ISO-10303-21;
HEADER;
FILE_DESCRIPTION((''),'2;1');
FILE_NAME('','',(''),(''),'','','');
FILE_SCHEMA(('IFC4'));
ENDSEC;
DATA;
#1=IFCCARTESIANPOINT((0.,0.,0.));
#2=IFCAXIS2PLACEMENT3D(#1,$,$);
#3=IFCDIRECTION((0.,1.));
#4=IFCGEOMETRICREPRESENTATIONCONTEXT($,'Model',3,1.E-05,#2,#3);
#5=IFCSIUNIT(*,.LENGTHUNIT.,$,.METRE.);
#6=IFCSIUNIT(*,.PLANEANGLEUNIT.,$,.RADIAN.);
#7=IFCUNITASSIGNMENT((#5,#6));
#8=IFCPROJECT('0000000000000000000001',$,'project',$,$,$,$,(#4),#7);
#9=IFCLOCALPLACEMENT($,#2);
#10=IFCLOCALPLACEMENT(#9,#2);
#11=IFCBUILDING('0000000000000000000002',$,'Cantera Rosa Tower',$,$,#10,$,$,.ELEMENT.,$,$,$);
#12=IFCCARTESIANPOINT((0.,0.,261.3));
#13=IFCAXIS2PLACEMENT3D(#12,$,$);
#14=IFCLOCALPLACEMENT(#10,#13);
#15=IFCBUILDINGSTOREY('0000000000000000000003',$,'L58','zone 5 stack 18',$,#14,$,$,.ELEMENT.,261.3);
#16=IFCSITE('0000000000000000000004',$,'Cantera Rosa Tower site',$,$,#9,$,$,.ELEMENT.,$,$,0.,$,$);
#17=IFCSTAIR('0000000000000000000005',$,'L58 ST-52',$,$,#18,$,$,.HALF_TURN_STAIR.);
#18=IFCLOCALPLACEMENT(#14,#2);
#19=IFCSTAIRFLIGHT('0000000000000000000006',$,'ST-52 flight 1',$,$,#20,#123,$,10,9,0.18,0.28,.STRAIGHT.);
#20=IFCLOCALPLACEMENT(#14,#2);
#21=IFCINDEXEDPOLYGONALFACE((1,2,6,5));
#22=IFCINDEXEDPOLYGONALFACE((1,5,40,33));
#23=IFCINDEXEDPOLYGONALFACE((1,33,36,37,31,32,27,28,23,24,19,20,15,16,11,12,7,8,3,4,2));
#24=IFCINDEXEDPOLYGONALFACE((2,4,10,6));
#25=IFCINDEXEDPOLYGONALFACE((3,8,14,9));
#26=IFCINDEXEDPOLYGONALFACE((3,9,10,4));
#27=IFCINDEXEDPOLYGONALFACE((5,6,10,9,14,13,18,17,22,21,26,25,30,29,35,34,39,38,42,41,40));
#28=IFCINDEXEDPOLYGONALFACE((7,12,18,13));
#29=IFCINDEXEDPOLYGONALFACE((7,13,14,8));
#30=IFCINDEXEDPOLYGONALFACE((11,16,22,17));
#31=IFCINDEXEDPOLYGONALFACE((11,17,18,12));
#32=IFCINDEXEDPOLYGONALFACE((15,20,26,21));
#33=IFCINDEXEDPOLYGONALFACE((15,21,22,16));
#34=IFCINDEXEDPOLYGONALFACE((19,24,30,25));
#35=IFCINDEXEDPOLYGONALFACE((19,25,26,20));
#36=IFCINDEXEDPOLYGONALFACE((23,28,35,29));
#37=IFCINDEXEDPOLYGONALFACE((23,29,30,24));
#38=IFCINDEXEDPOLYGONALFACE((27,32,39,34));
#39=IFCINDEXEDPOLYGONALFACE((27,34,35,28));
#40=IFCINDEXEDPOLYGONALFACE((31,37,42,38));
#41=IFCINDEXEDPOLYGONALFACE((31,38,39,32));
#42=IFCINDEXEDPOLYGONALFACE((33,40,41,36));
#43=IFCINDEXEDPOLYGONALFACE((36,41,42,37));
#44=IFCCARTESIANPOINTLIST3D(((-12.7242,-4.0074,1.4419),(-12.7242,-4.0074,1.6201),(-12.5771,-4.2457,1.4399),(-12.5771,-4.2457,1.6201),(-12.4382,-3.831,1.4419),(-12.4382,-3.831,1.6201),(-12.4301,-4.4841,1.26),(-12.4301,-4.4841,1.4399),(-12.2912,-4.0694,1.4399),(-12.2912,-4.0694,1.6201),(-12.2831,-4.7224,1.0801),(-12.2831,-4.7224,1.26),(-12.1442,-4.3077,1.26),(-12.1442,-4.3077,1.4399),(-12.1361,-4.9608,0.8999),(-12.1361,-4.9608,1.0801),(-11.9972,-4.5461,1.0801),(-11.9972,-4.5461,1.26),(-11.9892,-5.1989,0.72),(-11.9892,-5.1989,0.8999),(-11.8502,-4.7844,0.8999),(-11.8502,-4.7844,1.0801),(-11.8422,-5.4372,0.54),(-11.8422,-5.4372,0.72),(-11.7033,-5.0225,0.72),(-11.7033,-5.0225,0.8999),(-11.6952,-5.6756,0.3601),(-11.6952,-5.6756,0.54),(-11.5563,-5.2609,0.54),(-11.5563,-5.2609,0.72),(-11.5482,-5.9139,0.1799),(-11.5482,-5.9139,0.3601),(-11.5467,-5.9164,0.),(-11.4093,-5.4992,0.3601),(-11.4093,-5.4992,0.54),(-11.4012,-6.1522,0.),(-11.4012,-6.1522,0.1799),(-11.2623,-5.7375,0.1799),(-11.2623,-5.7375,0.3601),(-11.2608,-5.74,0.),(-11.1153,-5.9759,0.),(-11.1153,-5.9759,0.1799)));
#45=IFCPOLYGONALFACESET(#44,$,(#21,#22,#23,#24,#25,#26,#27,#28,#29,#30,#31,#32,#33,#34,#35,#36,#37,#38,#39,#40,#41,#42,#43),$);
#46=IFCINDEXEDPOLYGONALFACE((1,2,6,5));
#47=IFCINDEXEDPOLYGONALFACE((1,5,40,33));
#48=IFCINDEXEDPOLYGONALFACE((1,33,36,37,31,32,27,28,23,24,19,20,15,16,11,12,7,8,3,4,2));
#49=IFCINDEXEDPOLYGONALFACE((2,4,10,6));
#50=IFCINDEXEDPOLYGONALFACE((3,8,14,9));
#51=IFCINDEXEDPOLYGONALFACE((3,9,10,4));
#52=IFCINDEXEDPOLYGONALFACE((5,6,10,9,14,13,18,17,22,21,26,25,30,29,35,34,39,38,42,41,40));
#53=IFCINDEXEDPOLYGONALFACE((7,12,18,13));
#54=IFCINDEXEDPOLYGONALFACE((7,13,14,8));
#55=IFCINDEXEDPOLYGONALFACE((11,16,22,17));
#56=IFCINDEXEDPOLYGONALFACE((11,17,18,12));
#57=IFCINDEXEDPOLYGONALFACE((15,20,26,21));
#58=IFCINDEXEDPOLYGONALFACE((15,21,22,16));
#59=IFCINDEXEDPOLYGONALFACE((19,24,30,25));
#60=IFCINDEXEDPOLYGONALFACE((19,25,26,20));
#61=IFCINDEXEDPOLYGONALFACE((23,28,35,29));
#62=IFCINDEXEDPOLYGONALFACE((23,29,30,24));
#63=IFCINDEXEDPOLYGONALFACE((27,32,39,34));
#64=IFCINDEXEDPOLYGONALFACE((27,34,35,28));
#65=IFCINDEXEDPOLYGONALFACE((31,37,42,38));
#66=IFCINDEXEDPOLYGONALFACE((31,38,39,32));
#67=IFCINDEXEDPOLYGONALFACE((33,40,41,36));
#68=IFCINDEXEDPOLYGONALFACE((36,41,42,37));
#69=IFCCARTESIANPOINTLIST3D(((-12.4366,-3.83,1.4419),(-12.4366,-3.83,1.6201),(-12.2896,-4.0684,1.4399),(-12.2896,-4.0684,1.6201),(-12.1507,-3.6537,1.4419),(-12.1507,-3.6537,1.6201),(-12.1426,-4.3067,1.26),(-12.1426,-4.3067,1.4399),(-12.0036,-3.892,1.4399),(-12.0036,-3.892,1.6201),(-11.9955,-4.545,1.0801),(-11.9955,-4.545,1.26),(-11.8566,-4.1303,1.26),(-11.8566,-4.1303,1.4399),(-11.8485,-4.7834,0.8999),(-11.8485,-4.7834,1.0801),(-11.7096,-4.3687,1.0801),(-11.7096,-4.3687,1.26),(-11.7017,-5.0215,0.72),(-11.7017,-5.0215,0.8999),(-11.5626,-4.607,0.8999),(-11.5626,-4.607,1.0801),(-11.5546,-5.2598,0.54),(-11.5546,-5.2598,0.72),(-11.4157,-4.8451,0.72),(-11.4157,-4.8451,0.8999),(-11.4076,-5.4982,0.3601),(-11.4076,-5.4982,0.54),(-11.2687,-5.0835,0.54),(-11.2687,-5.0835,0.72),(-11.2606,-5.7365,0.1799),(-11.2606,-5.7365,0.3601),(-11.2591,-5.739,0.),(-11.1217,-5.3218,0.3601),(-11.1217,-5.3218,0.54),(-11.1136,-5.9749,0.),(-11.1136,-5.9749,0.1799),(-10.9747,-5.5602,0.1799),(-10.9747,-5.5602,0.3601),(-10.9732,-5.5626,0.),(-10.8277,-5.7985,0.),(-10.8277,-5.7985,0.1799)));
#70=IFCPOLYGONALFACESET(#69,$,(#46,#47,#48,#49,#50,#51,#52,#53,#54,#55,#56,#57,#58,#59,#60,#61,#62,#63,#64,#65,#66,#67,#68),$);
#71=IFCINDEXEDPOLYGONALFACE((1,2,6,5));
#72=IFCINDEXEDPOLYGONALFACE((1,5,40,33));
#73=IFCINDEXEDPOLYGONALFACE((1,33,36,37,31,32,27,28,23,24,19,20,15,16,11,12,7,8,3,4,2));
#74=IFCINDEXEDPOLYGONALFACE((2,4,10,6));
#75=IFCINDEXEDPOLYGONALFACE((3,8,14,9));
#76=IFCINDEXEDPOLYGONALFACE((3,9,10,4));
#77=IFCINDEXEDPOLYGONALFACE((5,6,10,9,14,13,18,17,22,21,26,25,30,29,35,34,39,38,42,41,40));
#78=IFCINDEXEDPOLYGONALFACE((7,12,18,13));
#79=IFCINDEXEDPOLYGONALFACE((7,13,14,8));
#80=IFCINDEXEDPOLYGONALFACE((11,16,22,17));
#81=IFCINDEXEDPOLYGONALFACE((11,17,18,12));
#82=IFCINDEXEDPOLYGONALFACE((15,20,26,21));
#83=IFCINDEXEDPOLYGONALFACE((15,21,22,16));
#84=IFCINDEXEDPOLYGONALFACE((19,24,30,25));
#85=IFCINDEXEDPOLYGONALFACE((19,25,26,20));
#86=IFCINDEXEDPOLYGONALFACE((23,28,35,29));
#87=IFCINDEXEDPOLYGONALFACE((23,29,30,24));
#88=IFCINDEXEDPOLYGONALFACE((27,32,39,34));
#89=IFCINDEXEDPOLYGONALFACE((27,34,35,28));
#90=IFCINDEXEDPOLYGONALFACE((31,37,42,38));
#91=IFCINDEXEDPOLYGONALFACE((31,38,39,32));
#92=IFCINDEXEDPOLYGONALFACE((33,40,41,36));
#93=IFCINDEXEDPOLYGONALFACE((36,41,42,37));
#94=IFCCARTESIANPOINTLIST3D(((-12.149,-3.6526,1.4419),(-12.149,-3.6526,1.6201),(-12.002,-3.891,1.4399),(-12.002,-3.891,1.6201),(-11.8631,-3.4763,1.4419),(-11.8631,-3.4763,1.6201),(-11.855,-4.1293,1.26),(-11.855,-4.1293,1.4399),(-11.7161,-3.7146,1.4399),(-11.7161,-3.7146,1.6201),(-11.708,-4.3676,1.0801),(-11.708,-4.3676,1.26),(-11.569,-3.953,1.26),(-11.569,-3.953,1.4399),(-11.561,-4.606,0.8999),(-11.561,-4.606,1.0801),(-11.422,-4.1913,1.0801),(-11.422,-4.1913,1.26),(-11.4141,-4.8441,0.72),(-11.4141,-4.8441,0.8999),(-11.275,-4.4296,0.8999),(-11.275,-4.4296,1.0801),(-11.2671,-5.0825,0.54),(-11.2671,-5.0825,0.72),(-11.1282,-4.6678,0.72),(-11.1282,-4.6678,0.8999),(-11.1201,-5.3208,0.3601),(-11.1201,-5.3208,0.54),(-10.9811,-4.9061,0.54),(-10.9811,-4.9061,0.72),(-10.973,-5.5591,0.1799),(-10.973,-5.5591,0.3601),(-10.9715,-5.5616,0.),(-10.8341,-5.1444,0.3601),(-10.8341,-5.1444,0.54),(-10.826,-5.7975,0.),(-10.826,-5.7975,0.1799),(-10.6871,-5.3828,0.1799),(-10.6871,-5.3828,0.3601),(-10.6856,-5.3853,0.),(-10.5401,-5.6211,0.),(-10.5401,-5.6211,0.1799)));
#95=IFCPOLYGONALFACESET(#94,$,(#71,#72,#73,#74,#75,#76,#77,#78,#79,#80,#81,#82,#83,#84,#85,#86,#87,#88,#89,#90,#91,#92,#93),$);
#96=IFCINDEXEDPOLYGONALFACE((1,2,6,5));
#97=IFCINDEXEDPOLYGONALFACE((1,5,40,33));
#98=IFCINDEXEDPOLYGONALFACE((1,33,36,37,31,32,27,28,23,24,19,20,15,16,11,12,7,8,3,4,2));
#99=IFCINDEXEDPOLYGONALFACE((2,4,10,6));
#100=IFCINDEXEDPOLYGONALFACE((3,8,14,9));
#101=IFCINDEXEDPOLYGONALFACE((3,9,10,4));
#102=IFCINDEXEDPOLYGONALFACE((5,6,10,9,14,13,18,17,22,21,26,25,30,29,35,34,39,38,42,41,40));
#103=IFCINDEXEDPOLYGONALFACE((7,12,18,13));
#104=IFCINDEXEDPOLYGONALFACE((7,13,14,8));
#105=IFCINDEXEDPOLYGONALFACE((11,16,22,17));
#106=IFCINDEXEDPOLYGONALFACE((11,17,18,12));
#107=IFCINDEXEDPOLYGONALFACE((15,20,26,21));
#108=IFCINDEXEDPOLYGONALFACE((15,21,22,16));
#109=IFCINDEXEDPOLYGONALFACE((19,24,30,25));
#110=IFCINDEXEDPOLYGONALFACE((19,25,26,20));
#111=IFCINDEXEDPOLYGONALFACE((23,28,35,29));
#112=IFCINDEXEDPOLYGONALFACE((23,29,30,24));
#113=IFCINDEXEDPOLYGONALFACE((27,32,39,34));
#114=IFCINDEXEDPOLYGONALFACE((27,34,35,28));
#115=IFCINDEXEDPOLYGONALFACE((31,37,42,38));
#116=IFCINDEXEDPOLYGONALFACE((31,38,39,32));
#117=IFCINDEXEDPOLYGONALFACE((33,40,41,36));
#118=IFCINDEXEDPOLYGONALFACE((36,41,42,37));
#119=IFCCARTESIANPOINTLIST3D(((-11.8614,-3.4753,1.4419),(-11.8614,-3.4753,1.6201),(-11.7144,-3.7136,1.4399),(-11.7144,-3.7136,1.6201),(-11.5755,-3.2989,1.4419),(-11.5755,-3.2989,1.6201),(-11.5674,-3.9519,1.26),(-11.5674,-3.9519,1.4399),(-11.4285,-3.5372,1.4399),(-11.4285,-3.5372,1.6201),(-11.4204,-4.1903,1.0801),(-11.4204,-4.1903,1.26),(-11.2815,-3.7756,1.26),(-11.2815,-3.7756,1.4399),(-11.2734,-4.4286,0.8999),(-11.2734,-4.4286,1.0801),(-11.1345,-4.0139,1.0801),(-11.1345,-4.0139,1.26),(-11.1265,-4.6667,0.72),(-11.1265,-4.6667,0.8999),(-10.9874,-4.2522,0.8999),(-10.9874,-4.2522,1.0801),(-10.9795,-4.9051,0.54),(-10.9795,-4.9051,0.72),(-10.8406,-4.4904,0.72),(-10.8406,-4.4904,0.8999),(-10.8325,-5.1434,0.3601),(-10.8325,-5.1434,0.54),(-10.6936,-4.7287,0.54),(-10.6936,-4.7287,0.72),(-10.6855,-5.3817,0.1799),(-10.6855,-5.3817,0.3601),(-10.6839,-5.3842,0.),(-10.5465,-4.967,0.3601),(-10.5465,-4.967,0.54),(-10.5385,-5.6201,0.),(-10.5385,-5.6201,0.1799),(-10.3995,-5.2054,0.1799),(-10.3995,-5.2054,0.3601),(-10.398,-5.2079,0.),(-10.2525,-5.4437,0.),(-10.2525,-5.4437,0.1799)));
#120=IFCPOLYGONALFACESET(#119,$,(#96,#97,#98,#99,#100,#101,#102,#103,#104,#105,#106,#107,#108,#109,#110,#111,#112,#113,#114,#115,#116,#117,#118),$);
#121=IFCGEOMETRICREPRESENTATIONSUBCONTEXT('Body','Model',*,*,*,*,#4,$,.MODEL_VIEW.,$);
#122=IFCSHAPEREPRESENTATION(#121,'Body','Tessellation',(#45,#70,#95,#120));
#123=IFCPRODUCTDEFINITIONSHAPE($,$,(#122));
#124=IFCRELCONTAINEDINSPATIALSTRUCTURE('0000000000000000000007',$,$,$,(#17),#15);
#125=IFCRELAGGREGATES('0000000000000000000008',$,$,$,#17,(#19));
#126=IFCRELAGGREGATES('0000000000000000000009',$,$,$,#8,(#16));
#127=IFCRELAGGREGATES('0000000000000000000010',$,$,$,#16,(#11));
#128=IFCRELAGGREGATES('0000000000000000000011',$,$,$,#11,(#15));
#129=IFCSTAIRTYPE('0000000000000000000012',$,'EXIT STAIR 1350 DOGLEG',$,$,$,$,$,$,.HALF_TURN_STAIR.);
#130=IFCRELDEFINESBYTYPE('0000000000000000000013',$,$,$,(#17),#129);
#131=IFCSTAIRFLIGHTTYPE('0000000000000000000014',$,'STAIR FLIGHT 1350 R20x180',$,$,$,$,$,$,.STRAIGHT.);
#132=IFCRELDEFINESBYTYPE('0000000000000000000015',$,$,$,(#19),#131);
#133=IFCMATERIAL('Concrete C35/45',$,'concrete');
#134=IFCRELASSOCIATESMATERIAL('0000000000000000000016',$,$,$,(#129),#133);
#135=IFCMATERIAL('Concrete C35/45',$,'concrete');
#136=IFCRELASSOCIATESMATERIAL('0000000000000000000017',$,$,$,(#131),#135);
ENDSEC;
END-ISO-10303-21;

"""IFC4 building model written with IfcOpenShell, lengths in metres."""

from ifc_helpers import new_model, si_unit, direction, frame, origin, place, context, subcontext, project, spatial, polyline, outline, extrude, material, type_object, element, aggregate, save


model = new_model("IFC4")

# Units and contexts
model_context = context("Model", 3, precision=1e-05, world=origin(), true_north=direction((0.0, 1.0)))
body_context = subcontext(model_context, "Body", "Model", "MODEL_VIEW")
ifc_project = project(units=[si_unit("LENGTHUNIT", "METRE"), si_unit("PLANEANGLEUNIT", "RADIAN")], contexts=[model_context])

# Site, building, storey
site_placement = place(None, origin())
site = spatial("IfcSite", under=ifc_project, at=site_placement, Name="Cantera Rosa Tower site", CompositionType="ELEMENT", RefElevation=0.0)
building_placement = place(site_placement, origin())
building = spatial("IfcBuilding", under=site, at=building_placement, Name="Cantera Rosa Tower", CompositionType="ELEMENT")
storey_placement = place(building_placement, frame((0.0, 0.0, 261.3)))
storey = spatial("IfcBuildingStorey", under=building, at=storey_placement, Name="L58", Description="zone 5 stack 18", CompositionType="ELEMENT", Elevation=261.3)

# Stair, stair flight
ifc_material_1 = material(Name="Concrete C35/45", Category="concrete")
stair_type_1 = type_object("IfcStairType", Name="EXIT STAIR 1350 DOGLEG", PredefinedType="HALF_TURN_STAIR", material=ifc_material_1)
stair_1_placement = place(storey_placement, origin())
stair_1 = element("IfcStair", 1, at=stair_1_placement, inside=storey, type_object=stair_type_1, Name="L58 ST-52", PredefinedType="HALF_TURN_STAIR")
ifc_material_2 = material(Name="Concrete C35/45", Category="concrete")
stair_flight_type_1 = type_object("IfcStairFlightType", Name="STAIR FLIGHT 1350 R20x180", PredefinedType="STRAIGHT", material=ifc_material_2)
stair_flight_1_placement = place(storey_placement, frame((-10.8267, -5.7979, 0.0), z_axis=(0.0, 0.0, 1.0), x_axis=(-0.524977, 0.851117, 0.0)))
stair_flight_1 = element("IfcStairFlight", 2, at=stair_flight_1_placement, type_object=stair_flight_type_1, Name="ST-52 flight 1", NumberOfRisers=10, NumberOfTreads=9, PredefinedType="STRAIGHT", RiserHeight=0.18, TreadLength=0.28, context=body_context, shape_type="SweptSolid", body=[
    extrude(outline(polyline([(0.0, 0.0), (0.0, 0.1799), (0.28, 0.1799), (0.28, 0.3601), (0.5601, 0.3601), (0.5601, 0.54), (0.8401, 0.54), (0.8401, 0.72), (1.1201, 0.72), (1.1201, 0.8999), (1.3999, 0.8999), (1.3999, 1.0801), (1.6799, 1.0801), (1.6799, 1.26), (1.96, 1.26), (1.96, 1.4399), (2.24, 1.4399), (2.24, 1.6201), (2.52, 1.6201), (2.52, 1.8), (2.52, 1.4419), (0.2771, 0.0), (0.0, 0.0)])), frame((0.0, 0.675, 0.0), z_axis=(0.0, -1.0, 0.0), x_axis=(1.0, 0.0, 0.0)), (0.0, 0.0, 1.0), 0.3359),
    extrude(outline(polyline([(0.0, 0.0), (0.0, 0.1799), (0.28, 0.1799), (0.28, 0.3601), (0.5601, 0.3601), (0.5601, 0.54), (0.8401, 0.54), (0.8401, 0.72), (1.1201, 0.72), (1.1201, 0.8999), (1.3999, 0.8999), (1.3999, 1.0801), (1.6799, 1.0801), (1.6799, 1.26), (1.96, 1.26), (1.96, 1.4399), (2.24, 1.4399), (2.24, 1.6201), (2.52, 1.6201), (2.52, 1.8), (2.52, 1.4419), (0.2771, 0.0), (0.0, 0.0)])), frame((0.0, 0.3372, 0.0), z_axis=(0.0, -1.0, 0.0), x_axis=(1.0, 0.0, 0.0)), (0.0, 0.0, 1.0), 0.3359),
    extrude(outline(polyline([(0.0, 0.0), (0.0, 0.1799), (0.28, 0.1799), (0.28, 0.3601), (0.5601, 0.3601), (0.5601, 0.54), (0.8401, 0.54), (0.8401, 0.72), (1.1201, 0.72), (1.1201, 0.8999), (1.3999, 0.8999), (1.3999, 1.0801), (1.6799, 1.0801), (1.6799, 1.26), (1.96, 1.26), (1.96, 1.4399), (2.24, 1.4399), (2.24, 1.6201), (2.52, 1.6201), (2.52, 1.8), (2.52, 1.4419), (0.2771, 0.0), (0.0, 0.0)])), frame((0.0, -0.0007, 0.0), z_axis=(0.0, -1.0, 0.0), x_axis=(1.0, 0.0, 0.0)), (0.0, 0.0, 1.0), 0.3359),
    extrude(outline(polyline([(0.0, 0.0), (0.0, 0.1799), (0.28, 0.1799), (0.28, 0.3601), (0.5601, 0.3601), (0.5601, 0.54), (0.8401, 0.54), (0.8401, 0.72), (1.1201, 0.72), (1.1201, 0.8999), (1.3999, 0.8999), (1.3999, 1.0801), (1.6799, 1.0801), (1.6799, 1.26), (1.96, 1.26), (1.96, 1.4399), (2.24, 1.4399), (2.24, 1.6201), (2.52, 1.6201), (2.52, 1.8), (2.52, 1.4419), (0.2771, 0.0), (0.0, 0.0)])), frame((0.0, -0.3386, 0.0), z_axis=(0.0, -1.0, 0.0), x_axis=(1.0, 0.0, 0.0)), (0.0, 0.0, 1.0), 0.3359),
])
aggregate(stair_1, [stair_flight_1])

save(model, "model.ifc")
